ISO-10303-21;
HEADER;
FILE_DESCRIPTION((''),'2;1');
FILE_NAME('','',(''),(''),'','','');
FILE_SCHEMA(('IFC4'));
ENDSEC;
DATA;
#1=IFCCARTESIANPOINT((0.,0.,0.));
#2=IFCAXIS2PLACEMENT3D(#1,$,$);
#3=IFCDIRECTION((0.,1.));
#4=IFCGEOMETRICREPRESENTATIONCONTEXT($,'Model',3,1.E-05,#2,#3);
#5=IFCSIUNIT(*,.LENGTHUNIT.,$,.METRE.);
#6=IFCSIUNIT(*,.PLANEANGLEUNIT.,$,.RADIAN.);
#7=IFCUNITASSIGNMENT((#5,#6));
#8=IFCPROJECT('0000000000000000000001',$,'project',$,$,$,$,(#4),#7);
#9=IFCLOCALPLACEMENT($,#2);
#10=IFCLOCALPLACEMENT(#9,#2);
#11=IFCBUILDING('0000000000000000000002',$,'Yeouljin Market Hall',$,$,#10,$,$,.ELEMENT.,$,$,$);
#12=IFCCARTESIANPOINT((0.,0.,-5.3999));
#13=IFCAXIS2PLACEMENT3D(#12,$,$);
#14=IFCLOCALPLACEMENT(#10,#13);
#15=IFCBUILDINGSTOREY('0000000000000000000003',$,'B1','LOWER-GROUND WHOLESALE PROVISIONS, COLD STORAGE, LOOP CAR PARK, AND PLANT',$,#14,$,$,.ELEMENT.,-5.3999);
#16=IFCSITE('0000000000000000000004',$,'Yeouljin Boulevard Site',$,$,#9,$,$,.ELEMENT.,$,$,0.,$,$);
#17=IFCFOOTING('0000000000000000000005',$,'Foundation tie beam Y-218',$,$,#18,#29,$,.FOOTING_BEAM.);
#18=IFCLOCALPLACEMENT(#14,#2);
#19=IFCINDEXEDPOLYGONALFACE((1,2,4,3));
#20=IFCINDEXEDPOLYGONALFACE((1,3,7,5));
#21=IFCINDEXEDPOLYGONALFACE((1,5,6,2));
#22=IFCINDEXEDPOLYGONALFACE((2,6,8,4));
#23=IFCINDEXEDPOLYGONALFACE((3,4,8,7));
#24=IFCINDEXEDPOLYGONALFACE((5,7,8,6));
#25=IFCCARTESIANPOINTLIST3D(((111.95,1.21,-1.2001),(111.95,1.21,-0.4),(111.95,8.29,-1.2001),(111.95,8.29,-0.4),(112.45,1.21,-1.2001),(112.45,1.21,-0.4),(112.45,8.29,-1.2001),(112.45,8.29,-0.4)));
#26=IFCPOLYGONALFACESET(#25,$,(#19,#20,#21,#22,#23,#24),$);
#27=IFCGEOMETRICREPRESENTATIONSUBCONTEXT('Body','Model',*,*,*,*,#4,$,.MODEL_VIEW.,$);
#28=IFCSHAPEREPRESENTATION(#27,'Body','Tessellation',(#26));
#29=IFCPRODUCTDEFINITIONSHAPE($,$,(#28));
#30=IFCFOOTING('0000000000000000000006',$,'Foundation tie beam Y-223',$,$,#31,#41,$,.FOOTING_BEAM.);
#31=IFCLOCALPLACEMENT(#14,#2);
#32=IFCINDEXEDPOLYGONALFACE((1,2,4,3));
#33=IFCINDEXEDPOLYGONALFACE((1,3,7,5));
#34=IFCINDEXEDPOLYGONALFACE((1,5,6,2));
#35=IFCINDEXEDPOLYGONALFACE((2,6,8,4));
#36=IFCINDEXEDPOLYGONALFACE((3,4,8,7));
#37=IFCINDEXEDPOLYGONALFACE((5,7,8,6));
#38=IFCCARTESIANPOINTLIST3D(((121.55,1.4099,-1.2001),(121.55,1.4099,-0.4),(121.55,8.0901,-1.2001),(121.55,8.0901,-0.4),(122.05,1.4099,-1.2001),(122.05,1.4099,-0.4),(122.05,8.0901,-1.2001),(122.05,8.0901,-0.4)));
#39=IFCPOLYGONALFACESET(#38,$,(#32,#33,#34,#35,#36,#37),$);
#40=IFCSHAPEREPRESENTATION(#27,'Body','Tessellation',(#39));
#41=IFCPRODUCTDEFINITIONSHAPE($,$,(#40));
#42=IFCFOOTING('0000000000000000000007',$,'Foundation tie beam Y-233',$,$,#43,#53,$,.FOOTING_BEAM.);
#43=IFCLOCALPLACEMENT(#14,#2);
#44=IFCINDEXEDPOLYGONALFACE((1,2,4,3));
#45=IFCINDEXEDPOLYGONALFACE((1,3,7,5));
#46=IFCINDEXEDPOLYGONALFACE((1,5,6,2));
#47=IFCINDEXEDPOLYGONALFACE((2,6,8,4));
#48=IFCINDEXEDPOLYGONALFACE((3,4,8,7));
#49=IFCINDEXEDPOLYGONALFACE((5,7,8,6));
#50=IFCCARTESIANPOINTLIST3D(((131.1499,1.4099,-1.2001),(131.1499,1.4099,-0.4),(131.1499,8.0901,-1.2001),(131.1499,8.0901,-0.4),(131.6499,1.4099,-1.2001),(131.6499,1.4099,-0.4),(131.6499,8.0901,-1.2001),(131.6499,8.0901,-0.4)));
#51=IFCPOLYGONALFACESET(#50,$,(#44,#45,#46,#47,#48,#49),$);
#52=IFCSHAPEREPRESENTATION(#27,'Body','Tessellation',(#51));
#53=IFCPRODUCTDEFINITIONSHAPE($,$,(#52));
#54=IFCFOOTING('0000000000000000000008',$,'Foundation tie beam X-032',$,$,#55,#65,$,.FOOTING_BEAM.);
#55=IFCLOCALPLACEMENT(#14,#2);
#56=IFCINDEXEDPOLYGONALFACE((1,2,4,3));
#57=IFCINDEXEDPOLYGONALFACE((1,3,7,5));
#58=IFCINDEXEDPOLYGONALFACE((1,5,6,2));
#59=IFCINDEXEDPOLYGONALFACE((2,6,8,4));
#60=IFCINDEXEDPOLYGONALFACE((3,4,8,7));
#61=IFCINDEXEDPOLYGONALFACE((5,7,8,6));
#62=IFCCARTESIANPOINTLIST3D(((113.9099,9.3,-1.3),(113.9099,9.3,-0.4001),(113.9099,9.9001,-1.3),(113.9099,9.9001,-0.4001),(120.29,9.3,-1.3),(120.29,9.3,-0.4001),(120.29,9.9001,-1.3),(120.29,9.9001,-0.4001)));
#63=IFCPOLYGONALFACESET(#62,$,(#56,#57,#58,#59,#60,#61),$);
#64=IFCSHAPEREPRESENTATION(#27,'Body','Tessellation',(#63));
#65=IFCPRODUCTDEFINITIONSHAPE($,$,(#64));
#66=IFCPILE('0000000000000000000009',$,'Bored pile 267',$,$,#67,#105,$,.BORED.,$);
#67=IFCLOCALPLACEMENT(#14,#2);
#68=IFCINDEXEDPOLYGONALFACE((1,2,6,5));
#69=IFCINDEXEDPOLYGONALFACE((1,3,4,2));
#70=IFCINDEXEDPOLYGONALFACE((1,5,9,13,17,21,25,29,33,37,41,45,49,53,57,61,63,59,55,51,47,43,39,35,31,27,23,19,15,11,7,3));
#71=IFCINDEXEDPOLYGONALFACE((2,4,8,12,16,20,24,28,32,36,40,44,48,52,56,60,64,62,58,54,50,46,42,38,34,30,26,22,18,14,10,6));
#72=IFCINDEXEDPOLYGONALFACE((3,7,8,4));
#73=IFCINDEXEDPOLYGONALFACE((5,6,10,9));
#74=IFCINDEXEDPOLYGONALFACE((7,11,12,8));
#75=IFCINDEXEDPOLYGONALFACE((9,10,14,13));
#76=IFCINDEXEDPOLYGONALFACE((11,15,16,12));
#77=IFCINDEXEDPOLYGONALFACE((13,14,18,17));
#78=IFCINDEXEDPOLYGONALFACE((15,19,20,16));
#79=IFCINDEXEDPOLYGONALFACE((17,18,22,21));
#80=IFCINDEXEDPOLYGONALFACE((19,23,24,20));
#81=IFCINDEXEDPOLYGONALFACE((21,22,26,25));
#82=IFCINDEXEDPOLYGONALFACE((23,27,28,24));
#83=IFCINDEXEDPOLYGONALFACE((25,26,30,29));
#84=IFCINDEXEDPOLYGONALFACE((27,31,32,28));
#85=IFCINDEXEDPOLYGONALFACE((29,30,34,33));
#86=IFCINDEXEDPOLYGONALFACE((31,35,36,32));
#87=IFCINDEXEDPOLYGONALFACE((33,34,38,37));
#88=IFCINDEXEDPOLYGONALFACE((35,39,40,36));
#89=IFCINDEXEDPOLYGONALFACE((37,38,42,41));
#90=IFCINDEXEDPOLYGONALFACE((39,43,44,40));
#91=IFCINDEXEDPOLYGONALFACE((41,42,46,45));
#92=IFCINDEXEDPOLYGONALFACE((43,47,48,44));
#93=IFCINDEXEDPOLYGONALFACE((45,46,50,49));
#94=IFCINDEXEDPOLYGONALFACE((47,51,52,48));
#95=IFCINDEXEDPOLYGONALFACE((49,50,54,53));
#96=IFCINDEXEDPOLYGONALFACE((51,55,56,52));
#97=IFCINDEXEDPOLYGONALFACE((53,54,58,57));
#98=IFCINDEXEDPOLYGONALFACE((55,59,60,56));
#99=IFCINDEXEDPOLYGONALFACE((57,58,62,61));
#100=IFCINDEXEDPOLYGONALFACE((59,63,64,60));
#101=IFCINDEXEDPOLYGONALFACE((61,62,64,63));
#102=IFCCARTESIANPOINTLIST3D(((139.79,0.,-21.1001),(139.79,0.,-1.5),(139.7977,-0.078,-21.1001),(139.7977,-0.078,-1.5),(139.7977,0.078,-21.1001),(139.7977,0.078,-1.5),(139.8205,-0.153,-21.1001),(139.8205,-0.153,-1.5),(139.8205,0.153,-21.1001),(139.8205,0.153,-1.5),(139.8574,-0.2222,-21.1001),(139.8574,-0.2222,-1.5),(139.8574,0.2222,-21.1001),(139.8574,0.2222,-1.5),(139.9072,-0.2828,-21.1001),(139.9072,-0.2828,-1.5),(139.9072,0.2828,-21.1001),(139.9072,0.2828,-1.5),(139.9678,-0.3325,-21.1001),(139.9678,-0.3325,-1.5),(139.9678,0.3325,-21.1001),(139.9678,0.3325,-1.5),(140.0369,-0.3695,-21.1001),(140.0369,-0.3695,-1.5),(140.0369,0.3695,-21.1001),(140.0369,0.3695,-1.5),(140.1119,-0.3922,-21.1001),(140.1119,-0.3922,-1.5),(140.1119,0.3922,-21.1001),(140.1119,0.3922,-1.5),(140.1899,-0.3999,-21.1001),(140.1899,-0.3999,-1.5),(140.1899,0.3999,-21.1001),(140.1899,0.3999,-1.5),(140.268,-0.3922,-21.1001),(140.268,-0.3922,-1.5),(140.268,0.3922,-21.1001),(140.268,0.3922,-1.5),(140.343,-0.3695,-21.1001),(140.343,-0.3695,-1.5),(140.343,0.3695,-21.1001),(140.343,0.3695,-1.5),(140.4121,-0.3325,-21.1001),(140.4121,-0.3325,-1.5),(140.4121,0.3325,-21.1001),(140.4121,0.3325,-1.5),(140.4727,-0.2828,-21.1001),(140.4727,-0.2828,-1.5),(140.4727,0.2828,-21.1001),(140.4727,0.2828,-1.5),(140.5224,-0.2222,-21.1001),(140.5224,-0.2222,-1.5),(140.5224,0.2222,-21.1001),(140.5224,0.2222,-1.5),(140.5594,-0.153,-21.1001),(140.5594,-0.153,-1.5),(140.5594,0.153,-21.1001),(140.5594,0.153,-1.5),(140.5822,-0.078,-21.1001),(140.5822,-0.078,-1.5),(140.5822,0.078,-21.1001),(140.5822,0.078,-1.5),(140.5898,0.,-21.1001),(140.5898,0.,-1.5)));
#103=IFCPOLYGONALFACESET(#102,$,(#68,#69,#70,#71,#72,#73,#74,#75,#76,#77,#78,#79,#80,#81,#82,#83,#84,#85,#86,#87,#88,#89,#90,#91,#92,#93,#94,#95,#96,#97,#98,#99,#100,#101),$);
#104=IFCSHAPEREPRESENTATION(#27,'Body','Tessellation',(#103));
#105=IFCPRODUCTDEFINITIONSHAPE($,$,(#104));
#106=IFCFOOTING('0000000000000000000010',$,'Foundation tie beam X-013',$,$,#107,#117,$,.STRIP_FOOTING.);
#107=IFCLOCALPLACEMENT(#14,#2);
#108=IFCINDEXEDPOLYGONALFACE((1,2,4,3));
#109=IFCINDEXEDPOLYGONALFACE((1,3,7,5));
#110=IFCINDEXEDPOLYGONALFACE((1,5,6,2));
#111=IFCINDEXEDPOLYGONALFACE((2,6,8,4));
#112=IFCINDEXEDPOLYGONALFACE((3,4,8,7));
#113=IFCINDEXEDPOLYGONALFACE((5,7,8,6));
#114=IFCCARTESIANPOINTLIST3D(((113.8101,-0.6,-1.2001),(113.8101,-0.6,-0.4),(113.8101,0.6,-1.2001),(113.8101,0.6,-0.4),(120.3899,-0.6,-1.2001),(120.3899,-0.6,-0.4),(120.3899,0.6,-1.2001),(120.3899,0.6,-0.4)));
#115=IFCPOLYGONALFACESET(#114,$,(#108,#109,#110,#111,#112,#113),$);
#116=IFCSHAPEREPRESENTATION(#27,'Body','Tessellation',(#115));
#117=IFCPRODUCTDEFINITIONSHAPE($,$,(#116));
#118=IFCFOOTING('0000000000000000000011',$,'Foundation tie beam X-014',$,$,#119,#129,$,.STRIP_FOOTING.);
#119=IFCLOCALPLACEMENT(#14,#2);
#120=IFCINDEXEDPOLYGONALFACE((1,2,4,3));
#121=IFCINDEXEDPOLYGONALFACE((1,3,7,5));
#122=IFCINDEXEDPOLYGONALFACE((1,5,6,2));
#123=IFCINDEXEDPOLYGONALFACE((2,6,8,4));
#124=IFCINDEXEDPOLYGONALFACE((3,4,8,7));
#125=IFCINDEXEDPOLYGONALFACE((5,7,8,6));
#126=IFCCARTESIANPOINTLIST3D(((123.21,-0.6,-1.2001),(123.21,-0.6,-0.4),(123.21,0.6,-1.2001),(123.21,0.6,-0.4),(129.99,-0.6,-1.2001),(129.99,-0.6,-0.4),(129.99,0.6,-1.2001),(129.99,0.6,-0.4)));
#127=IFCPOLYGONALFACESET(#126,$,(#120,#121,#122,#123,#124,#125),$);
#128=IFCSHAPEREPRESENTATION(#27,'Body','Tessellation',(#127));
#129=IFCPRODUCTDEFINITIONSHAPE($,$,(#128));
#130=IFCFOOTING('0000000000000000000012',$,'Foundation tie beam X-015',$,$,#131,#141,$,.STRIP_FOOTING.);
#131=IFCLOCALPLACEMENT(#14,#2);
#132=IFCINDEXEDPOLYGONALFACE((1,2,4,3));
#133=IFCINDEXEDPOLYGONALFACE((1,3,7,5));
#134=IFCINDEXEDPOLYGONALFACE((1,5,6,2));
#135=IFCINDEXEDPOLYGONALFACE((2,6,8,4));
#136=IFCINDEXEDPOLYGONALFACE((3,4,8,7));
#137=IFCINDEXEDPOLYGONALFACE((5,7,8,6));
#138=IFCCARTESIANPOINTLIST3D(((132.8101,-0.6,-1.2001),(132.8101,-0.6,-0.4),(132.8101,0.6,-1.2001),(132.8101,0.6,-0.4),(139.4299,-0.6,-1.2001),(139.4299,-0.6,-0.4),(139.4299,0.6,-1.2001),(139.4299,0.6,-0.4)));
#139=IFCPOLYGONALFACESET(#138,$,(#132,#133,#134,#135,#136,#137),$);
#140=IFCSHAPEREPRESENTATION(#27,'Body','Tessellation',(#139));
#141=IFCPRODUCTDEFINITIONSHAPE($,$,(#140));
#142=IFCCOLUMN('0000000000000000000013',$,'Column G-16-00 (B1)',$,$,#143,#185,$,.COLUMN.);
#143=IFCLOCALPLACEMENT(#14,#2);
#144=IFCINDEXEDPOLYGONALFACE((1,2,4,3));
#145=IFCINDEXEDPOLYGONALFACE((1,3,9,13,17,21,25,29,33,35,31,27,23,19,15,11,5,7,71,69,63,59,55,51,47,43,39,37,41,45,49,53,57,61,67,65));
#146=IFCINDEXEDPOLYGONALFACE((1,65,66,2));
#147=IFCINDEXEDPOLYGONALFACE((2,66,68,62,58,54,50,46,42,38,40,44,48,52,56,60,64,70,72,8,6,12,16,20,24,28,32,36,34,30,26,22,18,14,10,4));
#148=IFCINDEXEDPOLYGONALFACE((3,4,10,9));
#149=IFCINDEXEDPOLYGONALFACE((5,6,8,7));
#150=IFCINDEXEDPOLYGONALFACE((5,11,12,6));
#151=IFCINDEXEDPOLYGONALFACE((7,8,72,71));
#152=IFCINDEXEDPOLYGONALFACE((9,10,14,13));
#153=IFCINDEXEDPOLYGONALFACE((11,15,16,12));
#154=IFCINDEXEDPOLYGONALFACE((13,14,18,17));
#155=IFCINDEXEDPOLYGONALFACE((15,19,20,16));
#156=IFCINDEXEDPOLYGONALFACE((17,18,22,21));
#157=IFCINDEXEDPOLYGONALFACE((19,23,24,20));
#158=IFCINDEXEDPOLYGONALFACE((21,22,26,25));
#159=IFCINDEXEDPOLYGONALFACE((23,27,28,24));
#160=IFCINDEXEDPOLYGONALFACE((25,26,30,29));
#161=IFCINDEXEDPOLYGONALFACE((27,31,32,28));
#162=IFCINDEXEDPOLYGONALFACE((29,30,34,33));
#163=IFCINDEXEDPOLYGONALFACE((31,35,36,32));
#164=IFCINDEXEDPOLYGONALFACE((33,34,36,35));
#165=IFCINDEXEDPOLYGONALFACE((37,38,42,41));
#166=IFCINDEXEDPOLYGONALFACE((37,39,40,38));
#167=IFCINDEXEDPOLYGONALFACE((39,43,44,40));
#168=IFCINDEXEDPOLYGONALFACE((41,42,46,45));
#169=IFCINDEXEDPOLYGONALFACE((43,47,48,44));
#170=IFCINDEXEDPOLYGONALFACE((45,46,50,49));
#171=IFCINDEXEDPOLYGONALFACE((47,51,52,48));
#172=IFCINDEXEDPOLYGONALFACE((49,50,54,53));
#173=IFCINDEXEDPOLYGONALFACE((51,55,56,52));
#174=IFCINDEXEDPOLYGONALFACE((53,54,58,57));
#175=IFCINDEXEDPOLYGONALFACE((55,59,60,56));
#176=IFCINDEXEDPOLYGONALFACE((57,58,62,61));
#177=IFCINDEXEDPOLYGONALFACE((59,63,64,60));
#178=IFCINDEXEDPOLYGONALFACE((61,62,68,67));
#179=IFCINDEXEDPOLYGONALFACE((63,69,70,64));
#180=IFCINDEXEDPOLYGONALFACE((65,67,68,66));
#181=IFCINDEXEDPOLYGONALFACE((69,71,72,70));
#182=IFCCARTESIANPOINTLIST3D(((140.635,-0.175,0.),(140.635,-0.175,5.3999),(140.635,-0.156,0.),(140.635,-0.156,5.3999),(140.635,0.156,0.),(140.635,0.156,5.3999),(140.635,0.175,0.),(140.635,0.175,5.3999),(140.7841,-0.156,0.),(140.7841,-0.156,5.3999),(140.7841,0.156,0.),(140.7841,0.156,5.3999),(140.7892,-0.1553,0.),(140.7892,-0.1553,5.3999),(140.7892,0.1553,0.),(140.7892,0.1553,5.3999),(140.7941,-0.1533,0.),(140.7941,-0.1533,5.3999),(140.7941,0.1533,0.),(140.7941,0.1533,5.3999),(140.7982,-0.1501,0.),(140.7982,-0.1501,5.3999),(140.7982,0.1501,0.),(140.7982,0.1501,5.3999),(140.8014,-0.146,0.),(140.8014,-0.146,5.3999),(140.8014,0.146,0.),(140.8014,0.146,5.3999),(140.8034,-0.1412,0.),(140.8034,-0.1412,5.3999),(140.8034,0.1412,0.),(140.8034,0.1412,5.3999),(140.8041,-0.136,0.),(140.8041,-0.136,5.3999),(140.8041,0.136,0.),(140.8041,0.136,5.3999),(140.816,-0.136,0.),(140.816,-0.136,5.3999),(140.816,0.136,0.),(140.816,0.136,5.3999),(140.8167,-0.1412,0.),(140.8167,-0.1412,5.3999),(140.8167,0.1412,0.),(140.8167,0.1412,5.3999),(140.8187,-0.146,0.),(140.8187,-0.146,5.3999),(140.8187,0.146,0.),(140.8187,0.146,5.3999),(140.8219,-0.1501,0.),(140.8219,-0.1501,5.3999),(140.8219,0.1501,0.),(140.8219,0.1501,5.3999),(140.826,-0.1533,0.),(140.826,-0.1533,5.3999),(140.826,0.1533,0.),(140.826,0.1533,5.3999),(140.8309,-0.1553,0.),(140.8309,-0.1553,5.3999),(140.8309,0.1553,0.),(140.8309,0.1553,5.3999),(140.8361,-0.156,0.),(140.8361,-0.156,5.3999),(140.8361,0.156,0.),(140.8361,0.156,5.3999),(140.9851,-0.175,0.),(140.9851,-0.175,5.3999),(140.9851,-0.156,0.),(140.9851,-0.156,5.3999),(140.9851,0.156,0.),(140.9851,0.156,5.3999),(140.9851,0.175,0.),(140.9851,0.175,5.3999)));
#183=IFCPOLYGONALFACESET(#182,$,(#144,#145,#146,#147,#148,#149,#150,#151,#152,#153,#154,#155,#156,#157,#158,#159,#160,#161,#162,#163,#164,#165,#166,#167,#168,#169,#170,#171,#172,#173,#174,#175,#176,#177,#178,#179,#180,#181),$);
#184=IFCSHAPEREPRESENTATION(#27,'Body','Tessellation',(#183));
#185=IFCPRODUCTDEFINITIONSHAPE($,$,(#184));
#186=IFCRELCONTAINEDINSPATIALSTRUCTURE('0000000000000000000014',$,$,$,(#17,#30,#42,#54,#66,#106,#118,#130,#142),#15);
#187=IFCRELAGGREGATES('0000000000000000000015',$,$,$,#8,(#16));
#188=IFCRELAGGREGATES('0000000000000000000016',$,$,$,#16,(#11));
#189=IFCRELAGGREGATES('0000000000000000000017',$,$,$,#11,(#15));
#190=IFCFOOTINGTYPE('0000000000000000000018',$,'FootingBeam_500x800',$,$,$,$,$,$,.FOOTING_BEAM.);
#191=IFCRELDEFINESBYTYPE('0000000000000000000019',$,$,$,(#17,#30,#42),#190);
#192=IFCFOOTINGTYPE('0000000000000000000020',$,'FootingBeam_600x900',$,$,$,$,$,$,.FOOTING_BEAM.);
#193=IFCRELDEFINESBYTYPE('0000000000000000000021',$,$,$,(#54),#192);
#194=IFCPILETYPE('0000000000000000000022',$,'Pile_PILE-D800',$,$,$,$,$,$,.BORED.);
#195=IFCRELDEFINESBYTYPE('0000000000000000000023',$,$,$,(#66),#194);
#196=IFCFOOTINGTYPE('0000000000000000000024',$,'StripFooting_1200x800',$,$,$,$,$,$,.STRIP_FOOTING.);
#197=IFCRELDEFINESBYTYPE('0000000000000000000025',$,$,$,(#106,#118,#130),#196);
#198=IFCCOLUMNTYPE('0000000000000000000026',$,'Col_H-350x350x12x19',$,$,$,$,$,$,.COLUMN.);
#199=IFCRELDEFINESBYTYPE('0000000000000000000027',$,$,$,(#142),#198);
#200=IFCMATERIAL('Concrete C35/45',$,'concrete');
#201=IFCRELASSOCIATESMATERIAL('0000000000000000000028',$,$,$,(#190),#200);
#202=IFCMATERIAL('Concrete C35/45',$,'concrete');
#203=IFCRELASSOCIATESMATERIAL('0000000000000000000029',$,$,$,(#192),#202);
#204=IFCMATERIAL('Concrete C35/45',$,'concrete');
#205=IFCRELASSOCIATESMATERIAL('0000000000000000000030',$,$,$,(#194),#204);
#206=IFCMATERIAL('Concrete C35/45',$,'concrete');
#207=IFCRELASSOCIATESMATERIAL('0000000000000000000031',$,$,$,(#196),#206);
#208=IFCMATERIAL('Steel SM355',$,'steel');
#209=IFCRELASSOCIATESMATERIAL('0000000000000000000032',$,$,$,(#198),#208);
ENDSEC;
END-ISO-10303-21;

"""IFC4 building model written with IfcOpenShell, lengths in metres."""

from ifc_helpers import new_model, si_unit, direction, frame, origin, origin_2d, place, context, subcontext, project, spatial, rectangle, circle, i_section, extrude, material, material_profile, profile_set, type_object, element, save


model = new_model("IFC4")

# Units and contexts
model_context = context("Model", 3, precision=1e-05, world=origin(), true_north=direction((0.0, 1.0)))
body_context = subcontext(model_context, "Body", "Model", "MODEL_VIEW")
ifc_project = project(units=[si_unit("LENGTHUNIT", "METRE"), si_unit("PLANEANGLEUNIT", "RADIAN")], contexts=[model_context])

# Site, building, storey
site_placement = place(None, origin())
site = spatial("IfcSite", under=ifc_project, at=site_placement, Name="Yeouljin Boulevard Site", CompositionType="ELEMENT", RefElevation=0.0)
building_placement = place(site_placement, origin())
building = spatial("IfcBuilding", under=site, at=building_placement, Name="Yeouljin Market Hall", CompositionType="ELEMENT")
storey_placement = place(building_placement, frame((0.0, 0.0, -5.3999)))
storey = spatial("IfcBuildingStorey", under=building, at=storey_placement, Name="B1", Description="LOWER-GROUND WHOLESALE PROVISIONS, COLD STORAGE, LOOP CAR PARK, AND PLANT", CompositionType="ELEMENT", Elevation=-5.3999)

# Footings
ifc_material_1 = material(Name="Concrete C35/45", Category="concrete")
ifc_material_profile_1 = material_profile(ifc_material_1, rectangle(XDim=0.5, YDim=0.8, at=origin_2d()), Name="RC-500x800")
ifc_profile_set_1 = profile_set([ifc_material_profile_1], Name="Concrete C35/45")
footing_type_1 = type_object("IfcFootingType", Name="FootingBeam_500x800", PredefinedType="FOOTING_BEAM", material=ifc_profile_set_1)
footing_1_placement = place(storey_placement, frame((112.2, 1.21, -0.8), z_axis=(0.0, 1.0, 0.0), x_axis=(-1.0, 0.0, 0.0)))
element("IfcFooting", 1, at=footing_1_placement, inside=storey, type_object=footing_type_1, Name="Foundation tie beam Y-218", PredefinedType="FOOTING_BEAM", context=body_context, shape_type="SweptSolid", body=[
    extrude(rectangle(XDim=0.5, YDim=0.8, at=origin_2d()), origin(), (0.0, 0.0, 1.0), 7.0801),
])
for number, where, z_axis, x_axis, name in (
    (2, (121.8, 1.4099, -0.8), (0.0, 1.0, 0.0), (-1.0, 0.0, 0.0), "Foundation tie beam Y-223"),
    (3, (131.3999, 1.4099, -0.8), (0.0, 1.0, 0.0), (-1.0, 0.0, 0.0), "Foundation tie beam Y-233"),
):
    element("IfcFooting", number, at=place(storey_placement, frame(where, z_axis=z_axis, x_axis=x_axis)), inside=storey, type_object=footing_type_1, Name=name, PredefinedType="FOOTING_BEAM", context=body_context, shape_type="SweptSolid", body=[
        extrude(rectangle(XDim=0.5, YDim=0.8, at=origin_2d()), origin(), (0.0, 0.0, 1.0), 6.6802),
    ])
ifc_material_2 = material(Name="Concrete C35/45", Category="concrete")
ifc_material_profile_2 = material_profile(ifc_material_2, rectangle(XDim=0.6001, YDim=0.8999, at=origin_2d()), Name="RC-600x900")
ifc_profile_set_2 = profile_set([ifc_material_profile_2], Name="Concrete C35/45")
footing_type_2 = type_object("IfcFootingType", Name="FootingBeam_600x900", PredefinedType="FOOTING_BEAM", material=ifc_profile_set_2)
footing_2_placement = place(storey_placement, frame((113.9099, 9.6001, -0.8501), z_axis=(1.0, 0.0, 0.0), x_axis=(0.0, 1.0, 0.0)))
element("IfcFooting", 4, at=footing_2_placement, inside=storey, type_object=footing_type_2, Name="Foundation tie beam X-032", PredefinedType="FOOTING_BEAM", context=body_context, shape_type="SweptSolid", body=[
    extrude(rectangle(XDim=0.6001, YDim=0.8999, at=origin_2d()), origin(), (0.0, 0.0, 1.0), 6.3801),
])

# Pile
ifc_material_3 = material(Name="Concrete C35/45", Category="concrete")
ifc_material_profile_3 = material_profile(ifc_material_3, circle(Radius=0.3999, at=origin_2d()), Name="PILE-D800")
ifc_profile_set_3 = profile_set([ifc_material_profile_3], Name="Concrete C35/45")
pile_type = type_object("IfcPileType", Name="Pile_PILE-D800", PredefinedType="BORED", material=ifc_profile_set_3)
pile_placement = place(storey_placement, frame((140.1899, 0.0, -1.5), z_axis=(0.0, 0.0, -1.0), x_axis=(1.0, 0.0, 0.0)))
element("IfcPile", 5, at=pile_placement, inside=storey, type_object=pile_type, Name="Bored pile 267", PredefinedType="BORED", context=body_context, shape_type="SweptSolid", body=[
    extrude(circle(Radius=0.3999, at=origin_2d()), origin(), (0.0, 0.0, 1.0), 19.6001),
])

# Footings
ifc_material_4 = material(Name="Concrete C35/45", Category="concrete")
ifc_material_profile_4 = material_profile(ifc_material_4, rectangle(XDim=1.2, YDim=0.8, at=origin_2d()), Name="SF-1200x800")
ifc_profile_set_4 = profile_set([ifc_material_profile_4], Name="Concrete C35/45")
footing_type_3 = type_object("IfcFootingType", Name="StripFooting_1200x800", PredefinedType="STRIP_FOOTING", material=ifc_profile_set_4)
footing_3_placement = place(storey_placement, frame((113.8101, 0.0, -0.8), z_axis=(1.0, 0.0, 0.0), x_axis=(0.0, 1.0, 0.0)))
element("IfcFooting", 6, at=footing_3_placement, inside=storey, type_object=footing_type_3, Name="Foundation tie beam X-013", PredefinedType="STRIP_FOOTING", context=body_context, shape_type="SweptSolid", body=[
    extrude(rectangle(XDim=1.2, YDim=0.8, at=origin_2d()), origin(), (0.0, 0.0, 1.0), 6.5798),
])
footing_4_placement = place(storey_placement, frame((123.21, 0.0, -0.8), z_axis=(1.0, 0.0, 0.0), x_axis=(0.0, 1.0, 0.0)))
element("IfcFooting", 7, at=footing_4_placement, inside=storey, type_object=footing_type_3, Name="Foundation tie beam X-014", PredefinedType="STRIP_FOOTING", context=body_context, shape_type="SweptSolid", body=[
    extrude(rectangle(XDim=1.2, YDim=0.8, at=origin_2d()), origin(), (0.0, 0.0, 1.0), 6.78),
])
footing_5_placement = place(storey_placement, frame((132.8101, 0.0, -0.8), z_axis=(1.0, 0.0, 0.0), x_axis=(0.0, 1.0, 0.0)))
element("IfcFooting", 8, at=footing_5_placement, inside=storey, type_object=footing_type_3, Name="Foundation tie beam X-015", PredefinedType="STRIP_FOOTING", context=body_context, shape_type="SweptSolid", body=[
    extrude(rectangle(XDim=1.2, YDim=0.8, at=origin_2d()), origin(), (0.0, 0.0, 1.0), 6.6199),
])

# Column
ifc_material_5 = material(Name="Steel SM355", Category="steel")
ifc_material_profile_5 = material_profile(ifc_material_5, i_section(OverallWidth=0.3501, OverallDepth=0.3501, WebThickness=0.012, FlangeThickness=0.019, FilletRadius=0.02, at=origin_2d()), Name="H-350x350x12x19")
ifc_profile_set_5 = profile_set([ifc_material_profile_5], Name="Steel SM355")
column_type_1 = type_object("IfcColumnType", Name="Col_H-350x350x12x19", PredefinedType="COLUMN", material=ifc_profile_set_5)
column_placement = place(storey_placement, frame((140.8101, 0.0, 0.0), z_axis=(0.0, 0.0, 1.0), x_axis=(1.0, 0.0, 0.0)))
element("IfcColumn", 9, at=column_placement, inside=storey, type_object=column_type_1, Name="Column G-16-00 (B1)", PredefinedType="COLUMN", context=body_context, shape_type="SweptSolid", body=[
    extrude(i_section(OverallWidth=0.3501, OverallDepth=0.3501, WebThickness=0.012, FlangeThickness=0.019, FilletRadius=0.02, at=origin_2d()), origin(), (0.0, 0.0, 1.0), 5.3999),
])

save(model, "model.ifc")
